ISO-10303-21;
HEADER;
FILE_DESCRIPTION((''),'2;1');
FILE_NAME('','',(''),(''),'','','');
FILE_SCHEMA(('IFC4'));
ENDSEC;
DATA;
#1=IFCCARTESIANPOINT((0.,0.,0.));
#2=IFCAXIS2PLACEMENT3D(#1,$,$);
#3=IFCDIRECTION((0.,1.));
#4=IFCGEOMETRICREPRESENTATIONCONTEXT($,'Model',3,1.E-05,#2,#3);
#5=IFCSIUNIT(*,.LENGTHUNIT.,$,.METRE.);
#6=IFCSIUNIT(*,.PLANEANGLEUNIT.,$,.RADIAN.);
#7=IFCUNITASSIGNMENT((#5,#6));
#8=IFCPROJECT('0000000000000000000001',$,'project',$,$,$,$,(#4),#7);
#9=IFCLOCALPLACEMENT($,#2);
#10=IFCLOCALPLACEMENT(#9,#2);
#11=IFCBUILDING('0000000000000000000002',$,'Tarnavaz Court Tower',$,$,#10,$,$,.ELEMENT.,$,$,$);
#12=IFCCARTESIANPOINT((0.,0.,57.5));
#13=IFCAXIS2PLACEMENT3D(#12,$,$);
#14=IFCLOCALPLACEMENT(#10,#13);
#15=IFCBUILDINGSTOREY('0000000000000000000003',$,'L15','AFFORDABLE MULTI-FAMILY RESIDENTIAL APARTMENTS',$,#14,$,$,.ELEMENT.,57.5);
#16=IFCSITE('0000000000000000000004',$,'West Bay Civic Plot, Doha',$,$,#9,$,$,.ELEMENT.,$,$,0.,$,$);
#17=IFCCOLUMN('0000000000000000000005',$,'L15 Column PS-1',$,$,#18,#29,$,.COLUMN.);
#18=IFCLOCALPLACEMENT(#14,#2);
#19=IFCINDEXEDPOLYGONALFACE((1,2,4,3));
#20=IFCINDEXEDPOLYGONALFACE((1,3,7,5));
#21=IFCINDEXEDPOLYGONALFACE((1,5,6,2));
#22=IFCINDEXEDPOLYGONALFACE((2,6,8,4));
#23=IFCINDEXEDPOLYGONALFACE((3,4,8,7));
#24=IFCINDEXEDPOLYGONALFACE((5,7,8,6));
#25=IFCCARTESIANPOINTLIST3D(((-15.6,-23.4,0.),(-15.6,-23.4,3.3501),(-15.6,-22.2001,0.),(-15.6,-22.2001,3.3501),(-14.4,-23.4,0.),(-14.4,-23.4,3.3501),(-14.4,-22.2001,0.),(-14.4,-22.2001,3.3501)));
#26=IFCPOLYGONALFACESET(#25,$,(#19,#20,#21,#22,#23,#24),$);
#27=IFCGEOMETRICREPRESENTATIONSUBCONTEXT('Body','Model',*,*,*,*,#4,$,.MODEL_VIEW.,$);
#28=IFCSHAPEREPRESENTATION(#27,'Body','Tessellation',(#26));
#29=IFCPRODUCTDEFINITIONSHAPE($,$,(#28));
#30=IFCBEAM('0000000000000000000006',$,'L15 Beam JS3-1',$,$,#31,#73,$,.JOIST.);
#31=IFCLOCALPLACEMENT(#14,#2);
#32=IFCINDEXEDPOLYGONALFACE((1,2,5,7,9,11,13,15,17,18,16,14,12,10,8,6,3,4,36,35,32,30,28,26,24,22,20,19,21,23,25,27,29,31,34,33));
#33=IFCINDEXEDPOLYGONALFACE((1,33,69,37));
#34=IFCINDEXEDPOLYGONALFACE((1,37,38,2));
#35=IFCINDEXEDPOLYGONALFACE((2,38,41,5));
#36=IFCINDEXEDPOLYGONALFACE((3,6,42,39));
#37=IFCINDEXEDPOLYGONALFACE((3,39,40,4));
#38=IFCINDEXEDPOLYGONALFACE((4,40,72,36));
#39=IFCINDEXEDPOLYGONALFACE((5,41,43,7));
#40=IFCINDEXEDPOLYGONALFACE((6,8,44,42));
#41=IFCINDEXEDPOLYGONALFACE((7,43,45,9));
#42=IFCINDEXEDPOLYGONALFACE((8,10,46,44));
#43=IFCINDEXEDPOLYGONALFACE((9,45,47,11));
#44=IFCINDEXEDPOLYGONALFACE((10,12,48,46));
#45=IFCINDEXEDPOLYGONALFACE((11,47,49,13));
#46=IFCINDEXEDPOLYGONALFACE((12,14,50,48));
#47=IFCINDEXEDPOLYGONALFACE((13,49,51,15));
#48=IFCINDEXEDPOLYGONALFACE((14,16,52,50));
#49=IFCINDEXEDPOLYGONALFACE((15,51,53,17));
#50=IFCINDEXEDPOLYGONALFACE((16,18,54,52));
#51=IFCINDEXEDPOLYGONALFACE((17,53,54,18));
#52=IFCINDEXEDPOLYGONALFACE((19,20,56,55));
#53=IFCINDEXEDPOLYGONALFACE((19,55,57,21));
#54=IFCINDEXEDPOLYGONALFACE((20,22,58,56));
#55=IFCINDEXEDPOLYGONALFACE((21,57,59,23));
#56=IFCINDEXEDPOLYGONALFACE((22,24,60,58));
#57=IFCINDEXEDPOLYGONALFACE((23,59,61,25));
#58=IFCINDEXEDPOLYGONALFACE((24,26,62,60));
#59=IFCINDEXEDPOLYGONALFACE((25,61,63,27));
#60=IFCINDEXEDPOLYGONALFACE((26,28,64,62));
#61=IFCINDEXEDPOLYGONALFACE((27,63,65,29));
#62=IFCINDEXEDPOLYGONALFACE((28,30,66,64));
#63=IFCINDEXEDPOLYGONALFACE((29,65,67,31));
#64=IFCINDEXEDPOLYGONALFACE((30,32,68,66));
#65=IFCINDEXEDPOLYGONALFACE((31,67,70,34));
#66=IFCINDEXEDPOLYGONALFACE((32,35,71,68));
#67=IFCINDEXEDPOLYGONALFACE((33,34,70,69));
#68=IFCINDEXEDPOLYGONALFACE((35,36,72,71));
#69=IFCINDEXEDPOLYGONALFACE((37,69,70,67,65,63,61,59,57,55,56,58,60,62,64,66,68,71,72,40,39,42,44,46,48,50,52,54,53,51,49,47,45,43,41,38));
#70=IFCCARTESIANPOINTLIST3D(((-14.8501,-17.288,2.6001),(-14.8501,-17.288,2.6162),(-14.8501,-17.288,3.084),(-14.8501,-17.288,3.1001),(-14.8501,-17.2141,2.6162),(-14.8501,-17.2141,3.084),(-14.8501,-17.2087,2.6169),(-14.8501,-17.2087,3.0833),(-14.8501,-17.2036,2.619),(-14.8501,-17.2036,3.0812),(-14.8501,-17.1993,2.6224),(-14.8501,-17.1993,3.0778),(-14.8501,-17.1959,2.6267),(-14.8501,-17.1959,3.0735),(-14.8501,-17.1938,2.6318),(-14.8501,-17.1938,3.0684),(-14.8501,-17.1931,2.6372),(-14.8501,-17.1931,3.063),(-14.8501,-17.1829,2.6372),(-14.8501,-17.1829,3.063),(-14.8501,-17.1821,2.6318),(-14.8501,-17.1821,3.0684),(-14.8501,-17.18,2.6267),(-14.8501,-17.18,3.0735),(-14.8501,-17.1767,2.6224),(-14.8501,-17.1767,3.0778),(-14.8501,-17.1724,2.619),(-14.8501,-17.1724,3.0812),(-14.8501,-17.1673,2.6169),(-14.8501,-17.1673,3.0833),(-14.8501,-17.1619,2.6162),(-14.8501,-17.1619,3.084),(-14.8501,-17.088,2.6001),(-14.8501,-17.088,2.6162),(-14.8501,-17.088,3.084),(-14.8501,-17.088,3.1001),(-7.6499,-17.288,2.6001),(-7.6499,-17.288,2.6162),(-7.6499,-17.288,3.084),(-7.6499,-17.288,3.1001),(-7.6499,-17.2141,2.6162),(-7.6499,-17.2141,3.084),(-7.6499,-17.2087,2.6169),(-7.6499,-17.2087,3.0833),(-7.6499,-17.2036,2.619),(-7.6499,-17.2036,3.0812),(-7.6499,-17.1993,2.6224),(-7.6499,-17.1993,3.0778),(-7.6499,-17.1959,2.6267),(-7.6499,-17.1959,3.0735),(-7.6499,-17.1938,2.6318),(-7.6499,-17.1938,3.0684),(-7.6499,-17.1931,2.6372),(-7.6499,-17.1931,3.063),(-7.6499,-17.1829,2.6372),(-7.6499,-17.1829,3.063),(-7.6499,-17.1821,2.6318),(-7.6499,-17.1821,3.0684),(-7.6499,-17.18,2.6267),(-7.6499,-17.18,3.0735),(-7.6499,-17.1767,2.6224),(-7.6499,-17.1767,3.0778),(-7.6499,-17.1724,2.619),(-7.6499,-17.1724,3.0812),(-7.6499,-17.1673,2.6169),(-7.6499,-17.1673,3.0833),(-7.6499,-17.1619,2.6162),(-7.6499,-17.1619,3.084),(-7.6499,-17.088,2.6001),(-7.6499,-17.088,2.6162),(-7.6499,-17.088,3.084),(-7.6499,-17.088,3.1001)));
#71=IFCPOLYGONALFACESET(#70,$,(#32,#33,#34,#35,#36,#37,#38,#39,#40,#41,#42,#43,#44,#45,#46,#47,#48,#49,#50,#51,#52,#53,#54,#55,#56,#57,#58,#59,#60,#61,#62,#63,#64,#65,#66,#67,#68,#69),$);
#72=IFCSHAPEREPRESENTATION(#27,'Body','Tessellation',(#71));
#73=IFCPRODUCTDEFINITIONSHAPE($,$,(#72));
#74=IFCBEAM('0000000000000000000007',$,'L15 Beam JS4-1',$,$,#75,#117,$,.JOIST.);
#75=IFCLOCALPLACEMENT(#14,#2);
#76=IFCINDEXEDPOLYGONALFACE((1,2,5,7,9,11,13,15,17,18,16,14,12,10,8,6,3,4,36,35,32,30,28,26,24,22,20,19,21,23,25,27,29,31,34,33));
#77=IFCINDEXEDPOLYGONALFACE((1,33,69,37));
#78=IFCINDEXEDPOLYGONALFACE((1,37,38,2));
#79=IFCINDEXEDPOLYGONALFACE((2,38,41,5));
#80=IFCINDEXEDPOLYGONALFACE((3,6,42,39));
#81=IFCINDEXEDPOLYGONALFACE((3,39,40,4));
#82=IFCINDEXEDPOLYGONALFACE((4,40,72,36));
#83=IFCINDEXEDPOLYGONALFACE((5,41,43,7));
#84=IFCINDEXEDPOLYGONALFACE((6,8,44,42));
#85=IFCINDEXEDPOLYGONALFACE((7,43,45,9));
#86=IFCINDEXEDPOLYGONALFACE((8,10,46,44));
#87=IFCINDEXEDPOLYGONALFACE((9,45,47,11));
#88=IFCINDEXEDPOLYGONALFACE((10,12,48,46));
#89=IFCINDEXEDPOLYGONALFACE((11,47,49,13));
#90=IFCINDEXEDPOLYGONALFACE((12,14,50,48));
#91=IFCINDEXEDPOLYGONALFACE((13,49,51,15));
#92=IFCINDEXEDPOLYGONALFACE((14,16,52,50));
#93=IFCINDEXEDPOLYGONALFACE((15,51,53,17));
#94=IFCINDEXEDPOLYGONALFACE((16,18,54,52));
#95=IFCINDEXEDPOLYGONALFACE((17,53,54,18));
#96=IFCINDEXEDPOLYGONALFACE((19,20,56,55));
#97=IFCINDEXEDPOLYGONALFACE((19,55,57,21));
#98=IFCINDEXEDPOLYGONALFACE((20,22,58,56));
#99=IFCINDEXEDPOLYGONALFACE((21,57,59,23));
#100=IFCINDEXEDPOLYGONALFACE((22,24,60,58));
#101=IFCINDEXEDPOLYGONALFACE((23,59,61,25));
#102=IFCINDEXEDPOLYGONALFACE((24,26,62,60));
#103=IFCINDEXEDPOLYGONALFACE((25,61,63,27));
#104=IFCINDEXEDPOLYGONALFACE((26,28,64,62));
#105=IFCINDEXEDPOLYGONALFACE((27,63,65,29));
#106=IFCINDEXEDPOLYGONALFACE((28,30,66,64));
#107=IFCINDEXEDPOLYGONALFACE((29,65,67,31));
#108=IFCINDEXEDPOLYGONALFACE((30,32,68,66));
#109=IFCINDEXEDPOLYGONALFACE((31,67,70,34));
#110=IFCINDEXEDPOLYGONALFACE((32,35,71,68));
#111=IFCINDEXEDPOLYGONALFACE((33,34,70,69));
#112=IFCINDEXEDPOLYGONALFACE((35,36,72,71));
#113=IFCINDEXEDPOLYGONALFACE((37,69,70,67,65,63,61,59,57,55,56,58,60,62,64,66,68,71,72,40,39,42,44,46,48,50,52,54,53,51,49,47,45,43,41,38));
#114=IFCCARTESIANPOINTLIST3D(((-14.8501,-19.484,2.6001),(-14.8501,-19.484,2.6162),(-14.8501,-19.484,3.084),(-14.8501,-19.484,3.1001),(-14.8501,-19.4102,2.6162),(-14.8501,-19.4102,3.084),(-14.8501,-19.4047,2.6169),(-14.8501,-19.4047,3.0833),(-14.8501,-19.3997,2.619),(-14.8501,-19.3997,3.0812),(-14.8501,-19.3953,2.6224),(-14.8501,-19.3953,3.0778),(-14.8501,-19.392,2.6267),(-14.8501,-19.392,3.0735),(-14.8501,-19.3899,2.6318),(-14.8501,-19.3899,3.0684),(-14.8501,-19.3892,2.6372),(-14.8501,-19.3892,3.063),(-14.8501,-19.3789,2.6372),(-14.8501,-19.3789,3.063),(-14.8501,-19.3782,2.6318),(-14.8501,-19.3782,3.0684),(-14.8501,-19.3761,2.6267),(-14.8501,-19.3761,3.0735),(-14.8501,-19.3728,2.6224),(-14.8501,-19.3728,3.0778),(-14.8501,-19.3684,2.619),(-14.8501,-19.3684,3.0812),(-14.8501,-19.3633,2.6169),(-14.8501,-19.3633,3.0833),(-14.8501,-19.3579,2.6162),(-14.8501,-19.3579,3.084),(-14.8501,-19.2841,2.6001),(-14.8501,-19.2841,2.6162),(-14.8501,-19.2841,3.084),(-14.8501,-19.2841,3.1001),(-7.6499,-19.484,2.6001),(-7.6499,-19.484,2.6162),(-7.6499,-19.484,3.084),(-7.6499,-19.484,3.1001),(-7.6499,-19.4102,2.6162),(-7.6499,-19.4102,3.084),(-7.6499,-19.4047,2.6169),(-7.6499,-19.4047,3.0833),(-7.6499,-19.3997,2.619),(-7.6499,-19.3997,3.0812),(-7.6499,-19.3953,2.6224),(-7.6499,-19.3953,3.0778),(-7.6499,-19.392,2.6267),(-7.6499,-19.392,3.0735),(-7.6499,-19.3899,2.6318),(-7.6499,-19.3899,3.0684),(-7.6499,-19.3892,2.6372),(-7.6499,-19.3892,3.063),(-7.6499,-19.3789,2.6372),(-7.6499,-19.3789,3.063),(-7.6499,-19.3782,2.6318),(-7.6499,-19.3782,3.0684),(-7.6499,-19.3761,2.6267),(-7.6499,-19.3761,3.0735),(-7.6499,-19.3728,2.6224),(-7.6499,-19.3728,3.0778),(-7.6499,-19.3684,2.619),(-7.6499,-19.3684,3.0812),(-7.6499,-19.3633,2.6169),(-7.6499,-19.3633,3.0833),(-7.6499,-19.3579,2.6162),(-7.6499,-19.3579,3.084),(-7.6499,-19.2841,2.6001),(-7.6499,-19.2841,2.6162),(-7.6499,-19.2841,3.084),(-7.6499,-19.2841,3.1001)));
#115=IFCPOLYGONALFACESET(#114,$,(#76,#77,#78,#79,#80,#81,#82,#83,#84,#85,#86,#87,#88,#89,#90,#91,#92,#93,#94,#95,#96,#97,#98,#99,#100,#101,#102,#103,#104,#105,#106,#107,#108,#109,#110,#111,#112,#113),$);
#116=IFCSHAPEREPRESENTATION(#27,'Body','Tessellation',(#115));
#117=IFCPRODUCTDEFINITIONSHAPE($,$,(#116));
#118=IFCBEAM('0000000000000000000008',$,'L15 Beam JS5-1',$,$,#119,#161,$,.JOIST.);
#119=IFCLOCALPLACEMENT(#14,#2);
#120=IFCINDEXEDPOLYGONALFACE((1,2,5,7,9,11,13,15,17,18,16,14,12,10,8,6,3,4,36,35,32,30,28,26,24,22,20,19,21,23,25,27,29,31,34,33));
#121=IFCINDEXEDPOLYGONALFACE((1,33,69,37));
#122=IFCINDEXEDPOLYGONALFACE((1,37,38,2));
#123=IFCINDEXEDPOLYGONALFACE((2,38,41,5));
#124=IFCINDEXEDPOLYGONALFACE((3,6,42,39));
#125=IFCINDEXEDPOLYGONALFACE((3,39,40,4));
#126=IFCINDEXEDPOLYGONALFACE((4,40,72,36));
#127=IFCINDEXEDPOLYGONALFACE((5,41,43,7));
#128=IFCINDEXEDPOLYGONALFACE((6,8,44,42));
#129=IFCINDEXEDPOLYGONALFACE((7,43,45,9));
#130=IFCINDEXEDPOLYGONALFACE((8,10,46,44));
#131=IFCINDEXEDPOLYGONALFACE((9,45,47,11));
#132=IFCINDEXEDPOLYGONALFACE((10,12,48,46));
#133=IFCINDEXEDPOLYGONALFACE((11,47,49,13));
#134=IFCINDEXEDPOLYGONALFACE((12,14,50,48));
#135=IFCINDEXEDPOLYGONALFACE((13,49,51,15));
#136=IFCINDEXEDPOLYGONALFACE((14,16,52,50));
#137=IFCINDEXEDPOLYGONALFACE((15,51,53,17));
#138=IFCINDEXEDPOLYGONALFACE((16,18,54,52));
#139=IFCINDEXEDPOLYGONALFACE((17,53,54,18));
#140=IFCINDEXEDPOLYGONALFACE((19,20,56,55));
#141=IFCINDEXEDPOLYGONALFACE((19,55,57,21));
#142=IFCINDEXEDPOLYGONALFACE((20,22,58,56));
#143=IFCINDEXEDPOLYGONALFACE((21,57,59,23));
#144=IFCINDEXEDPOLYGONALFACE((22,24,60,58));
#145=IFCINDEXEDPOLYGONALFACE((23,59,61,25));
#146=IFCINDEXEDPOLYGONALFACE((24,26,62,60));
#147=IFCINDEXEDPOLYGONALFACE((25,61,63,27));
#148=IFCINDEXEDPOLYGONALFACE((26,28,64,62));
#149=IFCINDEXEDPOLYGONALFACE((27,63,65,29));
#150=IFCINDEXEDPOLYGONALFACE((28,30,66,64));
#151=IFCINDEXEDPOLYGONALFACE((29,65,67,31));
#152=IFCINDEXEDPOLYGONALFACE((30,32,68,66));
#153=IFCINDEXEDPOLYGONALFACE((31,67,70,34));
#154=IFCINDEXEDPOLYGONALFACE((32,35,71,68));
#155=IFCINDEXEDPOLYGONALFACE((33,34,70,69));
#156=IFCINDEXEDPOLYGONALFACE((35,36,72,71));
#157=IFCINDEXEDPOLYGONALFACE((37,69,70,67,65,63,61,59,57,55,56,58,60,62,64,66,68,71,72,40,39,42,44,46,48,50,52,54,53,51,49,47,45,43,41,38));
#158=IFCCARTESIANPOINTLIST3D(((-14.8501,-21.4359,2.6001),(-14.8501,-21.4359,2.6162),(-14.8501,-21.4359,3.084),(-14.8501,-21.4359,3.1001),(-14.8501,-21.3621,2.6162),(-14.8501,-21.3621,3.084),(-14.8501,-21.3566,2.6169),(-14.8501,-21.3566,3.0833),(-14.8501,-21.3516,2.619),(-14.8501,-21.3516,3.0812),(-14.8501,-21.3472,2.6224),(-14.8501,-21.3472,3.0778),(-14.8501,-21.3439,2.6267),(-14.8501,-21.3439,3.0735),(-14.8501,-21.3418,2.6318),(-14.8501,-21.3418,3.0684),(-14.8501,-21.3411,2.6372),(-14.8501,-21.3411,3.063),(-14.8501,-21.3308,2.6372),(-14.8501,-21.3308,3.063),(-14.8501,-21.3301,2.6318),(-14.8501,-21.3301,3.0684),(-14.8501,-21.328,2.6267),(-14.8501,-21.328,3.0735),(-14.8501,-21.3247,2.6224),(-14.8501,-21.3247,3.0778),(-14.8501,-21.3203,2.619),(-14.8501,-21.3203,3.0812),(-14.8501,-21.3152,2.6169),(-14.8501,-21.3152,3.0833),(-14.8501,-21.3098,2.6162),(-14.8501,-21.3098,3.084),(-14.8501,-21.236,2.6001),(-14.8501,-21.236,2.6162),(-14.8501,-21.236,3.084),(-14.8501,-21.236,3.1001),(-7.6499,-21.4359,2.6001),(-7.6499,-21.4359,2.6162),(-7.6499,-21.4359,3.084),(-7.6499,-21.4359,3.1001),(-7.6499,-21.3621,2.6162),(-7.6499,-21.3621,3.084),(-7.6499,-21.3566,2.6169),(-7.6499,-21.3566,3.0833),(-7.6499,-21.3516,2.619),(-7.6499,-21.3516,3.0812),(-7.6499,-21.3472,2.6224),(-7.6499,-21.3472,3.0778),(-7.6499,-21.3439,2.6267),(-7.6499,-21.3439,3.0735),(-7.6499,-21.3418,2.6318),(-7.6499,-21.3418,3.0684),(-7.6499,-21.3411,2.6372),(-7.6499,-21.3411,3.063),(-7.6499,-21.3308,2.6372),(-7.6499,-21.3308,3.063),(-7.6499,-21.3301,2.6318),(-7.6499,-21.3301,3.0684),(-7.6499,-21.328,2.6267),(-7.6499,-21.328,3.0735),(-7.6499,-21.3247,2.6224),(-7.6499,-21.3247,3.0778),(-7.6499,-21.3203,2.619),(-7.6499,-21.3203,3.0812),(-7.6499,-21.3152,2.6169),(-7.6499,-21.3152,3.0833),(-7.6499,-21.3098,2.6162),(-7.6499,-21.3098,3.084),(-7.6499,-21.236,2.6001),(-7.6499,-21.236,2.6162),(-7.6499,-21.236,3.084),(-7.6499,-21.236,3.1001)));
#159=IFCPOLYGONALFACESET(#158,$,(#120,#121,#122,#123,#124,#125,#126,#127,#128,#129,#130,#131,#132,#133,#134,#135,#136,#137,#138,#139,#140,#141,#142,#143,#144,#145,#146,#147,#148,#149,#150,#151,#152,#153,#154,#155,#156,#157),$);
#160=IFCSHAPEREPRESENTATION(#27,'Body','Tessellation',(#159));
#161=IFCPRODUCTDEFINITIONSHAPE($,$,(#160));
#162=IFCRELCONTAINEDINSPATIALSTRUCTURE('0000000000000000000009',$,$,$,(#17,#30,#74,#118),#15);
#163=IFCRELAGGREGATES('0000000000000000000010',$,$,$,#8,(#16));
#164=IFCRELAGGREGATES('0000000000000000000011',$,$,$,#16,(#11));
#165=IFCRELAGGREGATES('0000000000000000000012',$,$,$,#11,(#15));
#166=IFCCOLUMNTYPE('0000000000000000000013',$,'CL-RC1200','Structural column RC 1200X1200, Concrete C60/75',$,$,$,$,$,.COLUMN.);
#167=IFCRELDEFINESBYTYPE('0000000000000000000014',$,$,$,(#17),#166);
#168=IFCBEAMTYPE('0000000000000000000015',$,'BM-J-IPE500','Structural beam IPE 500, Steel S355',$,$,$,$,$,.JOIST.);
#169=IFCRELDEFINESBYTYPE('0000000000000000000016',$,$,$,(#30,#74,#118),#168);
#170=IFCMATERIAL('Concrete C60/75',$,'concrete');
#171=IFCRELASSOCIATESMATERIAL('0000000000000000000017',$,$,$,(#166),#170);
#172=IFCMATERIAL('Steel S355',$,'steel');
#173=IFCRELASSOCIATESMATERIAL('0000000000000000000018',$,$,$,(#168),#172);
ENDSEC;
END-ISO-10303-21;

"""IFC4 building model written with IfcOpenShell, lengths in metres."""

from ifc_helpers import new_model, si_unit, direction, frame, origin, origin_2d, place, context, subcontext, project, spatial, rectangle, i_section, extrude, material, material_profile, profile_set, type_object, element, save


model = new_model("IFC4")

# Units and contexts
model_context = context("Model", 3, precision=1e-05, world=origin(), true_north=direction((0.0, 1.0)))
body_context = subcontext(model_context, "Body", "Model", "MODEL_VIEW")
ifc_project = project(units=[si_unit("LENGTHUNIT", "METRE"), si_unit("PLANEANGLEUNIT", "RADIAN")], contexts=[model_context])

# Site, building, storey
site_placement = place(None, origin())
site = spatial("IfcSite", under=ifc_project, at=site_placement, Name="West Bay Civic Plot, Doha", CompositionType="ELEMENT", RefElevation=0.0)
building_placement = place(site_placement, origin())
building = spatial("IfcBuilding", under=site, at=building_placement, Name="Tarnavaz Court Tower", CompositionType="ELEMENT")
storey_placement = place(building_placement, frame((0.0, 0.0, 57.5)))
storey = spatial("IfcBuildingStorey", under=building, at=storey_placement, Name="L15", Description="AFFORDABLE MULTI-FAMILY RESIDENTIAL APARTMENTS", CompositionType="ELEMENT", Elevation=57.5)

# Column
ifc_material_1 = material(Name="Concrete C60/75", Category="concrete")
ifc_material_profile_1 = material_profile(ifc_material_1, rectangle(XDim=1.2, YDim=1.2, at=origin_2d()), Name="RC 1200X1200")
ifc_profile_set_1 = profile_set([ifc_material_profile_1], Name="Concrete C60/75")
column_type = type_object("IfcColumnType", Name="CL-RC1200", Description="Structural column RC 1200X1200, Concrete C60/75", PredefinedType="COLUMN", material=ifc_profile_set_1)
column_placement = place(storey_placement, frame((-15.0, -22.8, 0.0), z_axis=(0.0, 0.0, 1.0), x_axis=(1.0, 0.0, 0.0)))
element("IfcColumn", 1, at=column_placement, inside=storey, type_object=column_type, Name="L15 Column PS-1", PredefinedType="COLUMN", context=body_context, shape_type="SweptSolid", body=[
    extrude(rectangle(XDim=1.2, YDim=1.2, at=origin_2d()), origin(), (0.0, 0.0, 1.0), 3.3501),
])

# Beams
ifc_material_2 = material(Name="Steel S355", Category="steel")
ifc_material_profile_2 = material_profile(ifc_material_2, i_section(OverallWidth=0.2, OverallDepth=0.5, WebThickness=0.0103, FlangeThickness=0.0161, FilletRadius=0.021, at=origin_2d()), Name="IPE 500")
ifc_profile_set_2 = profile_set([ifc_material_profile_2], Name="Steel S355")
beam_type_1 = type_object("IfcBeamType", Name="BM-J-IPE500", Description="Structural beam IPE 500, Steel S355", PredefinedType="JOIST", material=ifc_profile_set_2)
for number, where, z_axis, x_axis, name in (
    (2, (-14.8501, -17.188, 2.8501), (1.0, 0.0, 0.0), (0.0, 1.0, 0.0), "L15 Beam JS3-1"),
    (3, (-14.8501, -19.384, 2.8501), (1.0, 0.0, 0.0), (0.0, 1.0, 0.0), "L15 Beam JS4-1"),
    (4, (-14.8501, -21.3359, 2.8501), (1.0, 0.0, 0.0), (0.0, 1.0, 0.0), "L15 Beam JS5-1"),
):
    element("IfcBeam", number, at=place(storey_placement, frame(where, z_axis=z_axis, x_axis=x_axis)), inside=storey, type_object=beam_type_1, Name=name, PredefinedType="JOIST", context=body_context, shape_type="SweptSolid", body=[
        extrude(i_section(OverallWidth=0.2, OverallDepth=0.5, WebThickness=0.0103, FlangeThickness=0.0161, FilletRadius=0.021, at=origin_2d()), origin(), (0.0, 0.0, 1.0), 7.2002),
    ])

save(model, "model.ifc")
